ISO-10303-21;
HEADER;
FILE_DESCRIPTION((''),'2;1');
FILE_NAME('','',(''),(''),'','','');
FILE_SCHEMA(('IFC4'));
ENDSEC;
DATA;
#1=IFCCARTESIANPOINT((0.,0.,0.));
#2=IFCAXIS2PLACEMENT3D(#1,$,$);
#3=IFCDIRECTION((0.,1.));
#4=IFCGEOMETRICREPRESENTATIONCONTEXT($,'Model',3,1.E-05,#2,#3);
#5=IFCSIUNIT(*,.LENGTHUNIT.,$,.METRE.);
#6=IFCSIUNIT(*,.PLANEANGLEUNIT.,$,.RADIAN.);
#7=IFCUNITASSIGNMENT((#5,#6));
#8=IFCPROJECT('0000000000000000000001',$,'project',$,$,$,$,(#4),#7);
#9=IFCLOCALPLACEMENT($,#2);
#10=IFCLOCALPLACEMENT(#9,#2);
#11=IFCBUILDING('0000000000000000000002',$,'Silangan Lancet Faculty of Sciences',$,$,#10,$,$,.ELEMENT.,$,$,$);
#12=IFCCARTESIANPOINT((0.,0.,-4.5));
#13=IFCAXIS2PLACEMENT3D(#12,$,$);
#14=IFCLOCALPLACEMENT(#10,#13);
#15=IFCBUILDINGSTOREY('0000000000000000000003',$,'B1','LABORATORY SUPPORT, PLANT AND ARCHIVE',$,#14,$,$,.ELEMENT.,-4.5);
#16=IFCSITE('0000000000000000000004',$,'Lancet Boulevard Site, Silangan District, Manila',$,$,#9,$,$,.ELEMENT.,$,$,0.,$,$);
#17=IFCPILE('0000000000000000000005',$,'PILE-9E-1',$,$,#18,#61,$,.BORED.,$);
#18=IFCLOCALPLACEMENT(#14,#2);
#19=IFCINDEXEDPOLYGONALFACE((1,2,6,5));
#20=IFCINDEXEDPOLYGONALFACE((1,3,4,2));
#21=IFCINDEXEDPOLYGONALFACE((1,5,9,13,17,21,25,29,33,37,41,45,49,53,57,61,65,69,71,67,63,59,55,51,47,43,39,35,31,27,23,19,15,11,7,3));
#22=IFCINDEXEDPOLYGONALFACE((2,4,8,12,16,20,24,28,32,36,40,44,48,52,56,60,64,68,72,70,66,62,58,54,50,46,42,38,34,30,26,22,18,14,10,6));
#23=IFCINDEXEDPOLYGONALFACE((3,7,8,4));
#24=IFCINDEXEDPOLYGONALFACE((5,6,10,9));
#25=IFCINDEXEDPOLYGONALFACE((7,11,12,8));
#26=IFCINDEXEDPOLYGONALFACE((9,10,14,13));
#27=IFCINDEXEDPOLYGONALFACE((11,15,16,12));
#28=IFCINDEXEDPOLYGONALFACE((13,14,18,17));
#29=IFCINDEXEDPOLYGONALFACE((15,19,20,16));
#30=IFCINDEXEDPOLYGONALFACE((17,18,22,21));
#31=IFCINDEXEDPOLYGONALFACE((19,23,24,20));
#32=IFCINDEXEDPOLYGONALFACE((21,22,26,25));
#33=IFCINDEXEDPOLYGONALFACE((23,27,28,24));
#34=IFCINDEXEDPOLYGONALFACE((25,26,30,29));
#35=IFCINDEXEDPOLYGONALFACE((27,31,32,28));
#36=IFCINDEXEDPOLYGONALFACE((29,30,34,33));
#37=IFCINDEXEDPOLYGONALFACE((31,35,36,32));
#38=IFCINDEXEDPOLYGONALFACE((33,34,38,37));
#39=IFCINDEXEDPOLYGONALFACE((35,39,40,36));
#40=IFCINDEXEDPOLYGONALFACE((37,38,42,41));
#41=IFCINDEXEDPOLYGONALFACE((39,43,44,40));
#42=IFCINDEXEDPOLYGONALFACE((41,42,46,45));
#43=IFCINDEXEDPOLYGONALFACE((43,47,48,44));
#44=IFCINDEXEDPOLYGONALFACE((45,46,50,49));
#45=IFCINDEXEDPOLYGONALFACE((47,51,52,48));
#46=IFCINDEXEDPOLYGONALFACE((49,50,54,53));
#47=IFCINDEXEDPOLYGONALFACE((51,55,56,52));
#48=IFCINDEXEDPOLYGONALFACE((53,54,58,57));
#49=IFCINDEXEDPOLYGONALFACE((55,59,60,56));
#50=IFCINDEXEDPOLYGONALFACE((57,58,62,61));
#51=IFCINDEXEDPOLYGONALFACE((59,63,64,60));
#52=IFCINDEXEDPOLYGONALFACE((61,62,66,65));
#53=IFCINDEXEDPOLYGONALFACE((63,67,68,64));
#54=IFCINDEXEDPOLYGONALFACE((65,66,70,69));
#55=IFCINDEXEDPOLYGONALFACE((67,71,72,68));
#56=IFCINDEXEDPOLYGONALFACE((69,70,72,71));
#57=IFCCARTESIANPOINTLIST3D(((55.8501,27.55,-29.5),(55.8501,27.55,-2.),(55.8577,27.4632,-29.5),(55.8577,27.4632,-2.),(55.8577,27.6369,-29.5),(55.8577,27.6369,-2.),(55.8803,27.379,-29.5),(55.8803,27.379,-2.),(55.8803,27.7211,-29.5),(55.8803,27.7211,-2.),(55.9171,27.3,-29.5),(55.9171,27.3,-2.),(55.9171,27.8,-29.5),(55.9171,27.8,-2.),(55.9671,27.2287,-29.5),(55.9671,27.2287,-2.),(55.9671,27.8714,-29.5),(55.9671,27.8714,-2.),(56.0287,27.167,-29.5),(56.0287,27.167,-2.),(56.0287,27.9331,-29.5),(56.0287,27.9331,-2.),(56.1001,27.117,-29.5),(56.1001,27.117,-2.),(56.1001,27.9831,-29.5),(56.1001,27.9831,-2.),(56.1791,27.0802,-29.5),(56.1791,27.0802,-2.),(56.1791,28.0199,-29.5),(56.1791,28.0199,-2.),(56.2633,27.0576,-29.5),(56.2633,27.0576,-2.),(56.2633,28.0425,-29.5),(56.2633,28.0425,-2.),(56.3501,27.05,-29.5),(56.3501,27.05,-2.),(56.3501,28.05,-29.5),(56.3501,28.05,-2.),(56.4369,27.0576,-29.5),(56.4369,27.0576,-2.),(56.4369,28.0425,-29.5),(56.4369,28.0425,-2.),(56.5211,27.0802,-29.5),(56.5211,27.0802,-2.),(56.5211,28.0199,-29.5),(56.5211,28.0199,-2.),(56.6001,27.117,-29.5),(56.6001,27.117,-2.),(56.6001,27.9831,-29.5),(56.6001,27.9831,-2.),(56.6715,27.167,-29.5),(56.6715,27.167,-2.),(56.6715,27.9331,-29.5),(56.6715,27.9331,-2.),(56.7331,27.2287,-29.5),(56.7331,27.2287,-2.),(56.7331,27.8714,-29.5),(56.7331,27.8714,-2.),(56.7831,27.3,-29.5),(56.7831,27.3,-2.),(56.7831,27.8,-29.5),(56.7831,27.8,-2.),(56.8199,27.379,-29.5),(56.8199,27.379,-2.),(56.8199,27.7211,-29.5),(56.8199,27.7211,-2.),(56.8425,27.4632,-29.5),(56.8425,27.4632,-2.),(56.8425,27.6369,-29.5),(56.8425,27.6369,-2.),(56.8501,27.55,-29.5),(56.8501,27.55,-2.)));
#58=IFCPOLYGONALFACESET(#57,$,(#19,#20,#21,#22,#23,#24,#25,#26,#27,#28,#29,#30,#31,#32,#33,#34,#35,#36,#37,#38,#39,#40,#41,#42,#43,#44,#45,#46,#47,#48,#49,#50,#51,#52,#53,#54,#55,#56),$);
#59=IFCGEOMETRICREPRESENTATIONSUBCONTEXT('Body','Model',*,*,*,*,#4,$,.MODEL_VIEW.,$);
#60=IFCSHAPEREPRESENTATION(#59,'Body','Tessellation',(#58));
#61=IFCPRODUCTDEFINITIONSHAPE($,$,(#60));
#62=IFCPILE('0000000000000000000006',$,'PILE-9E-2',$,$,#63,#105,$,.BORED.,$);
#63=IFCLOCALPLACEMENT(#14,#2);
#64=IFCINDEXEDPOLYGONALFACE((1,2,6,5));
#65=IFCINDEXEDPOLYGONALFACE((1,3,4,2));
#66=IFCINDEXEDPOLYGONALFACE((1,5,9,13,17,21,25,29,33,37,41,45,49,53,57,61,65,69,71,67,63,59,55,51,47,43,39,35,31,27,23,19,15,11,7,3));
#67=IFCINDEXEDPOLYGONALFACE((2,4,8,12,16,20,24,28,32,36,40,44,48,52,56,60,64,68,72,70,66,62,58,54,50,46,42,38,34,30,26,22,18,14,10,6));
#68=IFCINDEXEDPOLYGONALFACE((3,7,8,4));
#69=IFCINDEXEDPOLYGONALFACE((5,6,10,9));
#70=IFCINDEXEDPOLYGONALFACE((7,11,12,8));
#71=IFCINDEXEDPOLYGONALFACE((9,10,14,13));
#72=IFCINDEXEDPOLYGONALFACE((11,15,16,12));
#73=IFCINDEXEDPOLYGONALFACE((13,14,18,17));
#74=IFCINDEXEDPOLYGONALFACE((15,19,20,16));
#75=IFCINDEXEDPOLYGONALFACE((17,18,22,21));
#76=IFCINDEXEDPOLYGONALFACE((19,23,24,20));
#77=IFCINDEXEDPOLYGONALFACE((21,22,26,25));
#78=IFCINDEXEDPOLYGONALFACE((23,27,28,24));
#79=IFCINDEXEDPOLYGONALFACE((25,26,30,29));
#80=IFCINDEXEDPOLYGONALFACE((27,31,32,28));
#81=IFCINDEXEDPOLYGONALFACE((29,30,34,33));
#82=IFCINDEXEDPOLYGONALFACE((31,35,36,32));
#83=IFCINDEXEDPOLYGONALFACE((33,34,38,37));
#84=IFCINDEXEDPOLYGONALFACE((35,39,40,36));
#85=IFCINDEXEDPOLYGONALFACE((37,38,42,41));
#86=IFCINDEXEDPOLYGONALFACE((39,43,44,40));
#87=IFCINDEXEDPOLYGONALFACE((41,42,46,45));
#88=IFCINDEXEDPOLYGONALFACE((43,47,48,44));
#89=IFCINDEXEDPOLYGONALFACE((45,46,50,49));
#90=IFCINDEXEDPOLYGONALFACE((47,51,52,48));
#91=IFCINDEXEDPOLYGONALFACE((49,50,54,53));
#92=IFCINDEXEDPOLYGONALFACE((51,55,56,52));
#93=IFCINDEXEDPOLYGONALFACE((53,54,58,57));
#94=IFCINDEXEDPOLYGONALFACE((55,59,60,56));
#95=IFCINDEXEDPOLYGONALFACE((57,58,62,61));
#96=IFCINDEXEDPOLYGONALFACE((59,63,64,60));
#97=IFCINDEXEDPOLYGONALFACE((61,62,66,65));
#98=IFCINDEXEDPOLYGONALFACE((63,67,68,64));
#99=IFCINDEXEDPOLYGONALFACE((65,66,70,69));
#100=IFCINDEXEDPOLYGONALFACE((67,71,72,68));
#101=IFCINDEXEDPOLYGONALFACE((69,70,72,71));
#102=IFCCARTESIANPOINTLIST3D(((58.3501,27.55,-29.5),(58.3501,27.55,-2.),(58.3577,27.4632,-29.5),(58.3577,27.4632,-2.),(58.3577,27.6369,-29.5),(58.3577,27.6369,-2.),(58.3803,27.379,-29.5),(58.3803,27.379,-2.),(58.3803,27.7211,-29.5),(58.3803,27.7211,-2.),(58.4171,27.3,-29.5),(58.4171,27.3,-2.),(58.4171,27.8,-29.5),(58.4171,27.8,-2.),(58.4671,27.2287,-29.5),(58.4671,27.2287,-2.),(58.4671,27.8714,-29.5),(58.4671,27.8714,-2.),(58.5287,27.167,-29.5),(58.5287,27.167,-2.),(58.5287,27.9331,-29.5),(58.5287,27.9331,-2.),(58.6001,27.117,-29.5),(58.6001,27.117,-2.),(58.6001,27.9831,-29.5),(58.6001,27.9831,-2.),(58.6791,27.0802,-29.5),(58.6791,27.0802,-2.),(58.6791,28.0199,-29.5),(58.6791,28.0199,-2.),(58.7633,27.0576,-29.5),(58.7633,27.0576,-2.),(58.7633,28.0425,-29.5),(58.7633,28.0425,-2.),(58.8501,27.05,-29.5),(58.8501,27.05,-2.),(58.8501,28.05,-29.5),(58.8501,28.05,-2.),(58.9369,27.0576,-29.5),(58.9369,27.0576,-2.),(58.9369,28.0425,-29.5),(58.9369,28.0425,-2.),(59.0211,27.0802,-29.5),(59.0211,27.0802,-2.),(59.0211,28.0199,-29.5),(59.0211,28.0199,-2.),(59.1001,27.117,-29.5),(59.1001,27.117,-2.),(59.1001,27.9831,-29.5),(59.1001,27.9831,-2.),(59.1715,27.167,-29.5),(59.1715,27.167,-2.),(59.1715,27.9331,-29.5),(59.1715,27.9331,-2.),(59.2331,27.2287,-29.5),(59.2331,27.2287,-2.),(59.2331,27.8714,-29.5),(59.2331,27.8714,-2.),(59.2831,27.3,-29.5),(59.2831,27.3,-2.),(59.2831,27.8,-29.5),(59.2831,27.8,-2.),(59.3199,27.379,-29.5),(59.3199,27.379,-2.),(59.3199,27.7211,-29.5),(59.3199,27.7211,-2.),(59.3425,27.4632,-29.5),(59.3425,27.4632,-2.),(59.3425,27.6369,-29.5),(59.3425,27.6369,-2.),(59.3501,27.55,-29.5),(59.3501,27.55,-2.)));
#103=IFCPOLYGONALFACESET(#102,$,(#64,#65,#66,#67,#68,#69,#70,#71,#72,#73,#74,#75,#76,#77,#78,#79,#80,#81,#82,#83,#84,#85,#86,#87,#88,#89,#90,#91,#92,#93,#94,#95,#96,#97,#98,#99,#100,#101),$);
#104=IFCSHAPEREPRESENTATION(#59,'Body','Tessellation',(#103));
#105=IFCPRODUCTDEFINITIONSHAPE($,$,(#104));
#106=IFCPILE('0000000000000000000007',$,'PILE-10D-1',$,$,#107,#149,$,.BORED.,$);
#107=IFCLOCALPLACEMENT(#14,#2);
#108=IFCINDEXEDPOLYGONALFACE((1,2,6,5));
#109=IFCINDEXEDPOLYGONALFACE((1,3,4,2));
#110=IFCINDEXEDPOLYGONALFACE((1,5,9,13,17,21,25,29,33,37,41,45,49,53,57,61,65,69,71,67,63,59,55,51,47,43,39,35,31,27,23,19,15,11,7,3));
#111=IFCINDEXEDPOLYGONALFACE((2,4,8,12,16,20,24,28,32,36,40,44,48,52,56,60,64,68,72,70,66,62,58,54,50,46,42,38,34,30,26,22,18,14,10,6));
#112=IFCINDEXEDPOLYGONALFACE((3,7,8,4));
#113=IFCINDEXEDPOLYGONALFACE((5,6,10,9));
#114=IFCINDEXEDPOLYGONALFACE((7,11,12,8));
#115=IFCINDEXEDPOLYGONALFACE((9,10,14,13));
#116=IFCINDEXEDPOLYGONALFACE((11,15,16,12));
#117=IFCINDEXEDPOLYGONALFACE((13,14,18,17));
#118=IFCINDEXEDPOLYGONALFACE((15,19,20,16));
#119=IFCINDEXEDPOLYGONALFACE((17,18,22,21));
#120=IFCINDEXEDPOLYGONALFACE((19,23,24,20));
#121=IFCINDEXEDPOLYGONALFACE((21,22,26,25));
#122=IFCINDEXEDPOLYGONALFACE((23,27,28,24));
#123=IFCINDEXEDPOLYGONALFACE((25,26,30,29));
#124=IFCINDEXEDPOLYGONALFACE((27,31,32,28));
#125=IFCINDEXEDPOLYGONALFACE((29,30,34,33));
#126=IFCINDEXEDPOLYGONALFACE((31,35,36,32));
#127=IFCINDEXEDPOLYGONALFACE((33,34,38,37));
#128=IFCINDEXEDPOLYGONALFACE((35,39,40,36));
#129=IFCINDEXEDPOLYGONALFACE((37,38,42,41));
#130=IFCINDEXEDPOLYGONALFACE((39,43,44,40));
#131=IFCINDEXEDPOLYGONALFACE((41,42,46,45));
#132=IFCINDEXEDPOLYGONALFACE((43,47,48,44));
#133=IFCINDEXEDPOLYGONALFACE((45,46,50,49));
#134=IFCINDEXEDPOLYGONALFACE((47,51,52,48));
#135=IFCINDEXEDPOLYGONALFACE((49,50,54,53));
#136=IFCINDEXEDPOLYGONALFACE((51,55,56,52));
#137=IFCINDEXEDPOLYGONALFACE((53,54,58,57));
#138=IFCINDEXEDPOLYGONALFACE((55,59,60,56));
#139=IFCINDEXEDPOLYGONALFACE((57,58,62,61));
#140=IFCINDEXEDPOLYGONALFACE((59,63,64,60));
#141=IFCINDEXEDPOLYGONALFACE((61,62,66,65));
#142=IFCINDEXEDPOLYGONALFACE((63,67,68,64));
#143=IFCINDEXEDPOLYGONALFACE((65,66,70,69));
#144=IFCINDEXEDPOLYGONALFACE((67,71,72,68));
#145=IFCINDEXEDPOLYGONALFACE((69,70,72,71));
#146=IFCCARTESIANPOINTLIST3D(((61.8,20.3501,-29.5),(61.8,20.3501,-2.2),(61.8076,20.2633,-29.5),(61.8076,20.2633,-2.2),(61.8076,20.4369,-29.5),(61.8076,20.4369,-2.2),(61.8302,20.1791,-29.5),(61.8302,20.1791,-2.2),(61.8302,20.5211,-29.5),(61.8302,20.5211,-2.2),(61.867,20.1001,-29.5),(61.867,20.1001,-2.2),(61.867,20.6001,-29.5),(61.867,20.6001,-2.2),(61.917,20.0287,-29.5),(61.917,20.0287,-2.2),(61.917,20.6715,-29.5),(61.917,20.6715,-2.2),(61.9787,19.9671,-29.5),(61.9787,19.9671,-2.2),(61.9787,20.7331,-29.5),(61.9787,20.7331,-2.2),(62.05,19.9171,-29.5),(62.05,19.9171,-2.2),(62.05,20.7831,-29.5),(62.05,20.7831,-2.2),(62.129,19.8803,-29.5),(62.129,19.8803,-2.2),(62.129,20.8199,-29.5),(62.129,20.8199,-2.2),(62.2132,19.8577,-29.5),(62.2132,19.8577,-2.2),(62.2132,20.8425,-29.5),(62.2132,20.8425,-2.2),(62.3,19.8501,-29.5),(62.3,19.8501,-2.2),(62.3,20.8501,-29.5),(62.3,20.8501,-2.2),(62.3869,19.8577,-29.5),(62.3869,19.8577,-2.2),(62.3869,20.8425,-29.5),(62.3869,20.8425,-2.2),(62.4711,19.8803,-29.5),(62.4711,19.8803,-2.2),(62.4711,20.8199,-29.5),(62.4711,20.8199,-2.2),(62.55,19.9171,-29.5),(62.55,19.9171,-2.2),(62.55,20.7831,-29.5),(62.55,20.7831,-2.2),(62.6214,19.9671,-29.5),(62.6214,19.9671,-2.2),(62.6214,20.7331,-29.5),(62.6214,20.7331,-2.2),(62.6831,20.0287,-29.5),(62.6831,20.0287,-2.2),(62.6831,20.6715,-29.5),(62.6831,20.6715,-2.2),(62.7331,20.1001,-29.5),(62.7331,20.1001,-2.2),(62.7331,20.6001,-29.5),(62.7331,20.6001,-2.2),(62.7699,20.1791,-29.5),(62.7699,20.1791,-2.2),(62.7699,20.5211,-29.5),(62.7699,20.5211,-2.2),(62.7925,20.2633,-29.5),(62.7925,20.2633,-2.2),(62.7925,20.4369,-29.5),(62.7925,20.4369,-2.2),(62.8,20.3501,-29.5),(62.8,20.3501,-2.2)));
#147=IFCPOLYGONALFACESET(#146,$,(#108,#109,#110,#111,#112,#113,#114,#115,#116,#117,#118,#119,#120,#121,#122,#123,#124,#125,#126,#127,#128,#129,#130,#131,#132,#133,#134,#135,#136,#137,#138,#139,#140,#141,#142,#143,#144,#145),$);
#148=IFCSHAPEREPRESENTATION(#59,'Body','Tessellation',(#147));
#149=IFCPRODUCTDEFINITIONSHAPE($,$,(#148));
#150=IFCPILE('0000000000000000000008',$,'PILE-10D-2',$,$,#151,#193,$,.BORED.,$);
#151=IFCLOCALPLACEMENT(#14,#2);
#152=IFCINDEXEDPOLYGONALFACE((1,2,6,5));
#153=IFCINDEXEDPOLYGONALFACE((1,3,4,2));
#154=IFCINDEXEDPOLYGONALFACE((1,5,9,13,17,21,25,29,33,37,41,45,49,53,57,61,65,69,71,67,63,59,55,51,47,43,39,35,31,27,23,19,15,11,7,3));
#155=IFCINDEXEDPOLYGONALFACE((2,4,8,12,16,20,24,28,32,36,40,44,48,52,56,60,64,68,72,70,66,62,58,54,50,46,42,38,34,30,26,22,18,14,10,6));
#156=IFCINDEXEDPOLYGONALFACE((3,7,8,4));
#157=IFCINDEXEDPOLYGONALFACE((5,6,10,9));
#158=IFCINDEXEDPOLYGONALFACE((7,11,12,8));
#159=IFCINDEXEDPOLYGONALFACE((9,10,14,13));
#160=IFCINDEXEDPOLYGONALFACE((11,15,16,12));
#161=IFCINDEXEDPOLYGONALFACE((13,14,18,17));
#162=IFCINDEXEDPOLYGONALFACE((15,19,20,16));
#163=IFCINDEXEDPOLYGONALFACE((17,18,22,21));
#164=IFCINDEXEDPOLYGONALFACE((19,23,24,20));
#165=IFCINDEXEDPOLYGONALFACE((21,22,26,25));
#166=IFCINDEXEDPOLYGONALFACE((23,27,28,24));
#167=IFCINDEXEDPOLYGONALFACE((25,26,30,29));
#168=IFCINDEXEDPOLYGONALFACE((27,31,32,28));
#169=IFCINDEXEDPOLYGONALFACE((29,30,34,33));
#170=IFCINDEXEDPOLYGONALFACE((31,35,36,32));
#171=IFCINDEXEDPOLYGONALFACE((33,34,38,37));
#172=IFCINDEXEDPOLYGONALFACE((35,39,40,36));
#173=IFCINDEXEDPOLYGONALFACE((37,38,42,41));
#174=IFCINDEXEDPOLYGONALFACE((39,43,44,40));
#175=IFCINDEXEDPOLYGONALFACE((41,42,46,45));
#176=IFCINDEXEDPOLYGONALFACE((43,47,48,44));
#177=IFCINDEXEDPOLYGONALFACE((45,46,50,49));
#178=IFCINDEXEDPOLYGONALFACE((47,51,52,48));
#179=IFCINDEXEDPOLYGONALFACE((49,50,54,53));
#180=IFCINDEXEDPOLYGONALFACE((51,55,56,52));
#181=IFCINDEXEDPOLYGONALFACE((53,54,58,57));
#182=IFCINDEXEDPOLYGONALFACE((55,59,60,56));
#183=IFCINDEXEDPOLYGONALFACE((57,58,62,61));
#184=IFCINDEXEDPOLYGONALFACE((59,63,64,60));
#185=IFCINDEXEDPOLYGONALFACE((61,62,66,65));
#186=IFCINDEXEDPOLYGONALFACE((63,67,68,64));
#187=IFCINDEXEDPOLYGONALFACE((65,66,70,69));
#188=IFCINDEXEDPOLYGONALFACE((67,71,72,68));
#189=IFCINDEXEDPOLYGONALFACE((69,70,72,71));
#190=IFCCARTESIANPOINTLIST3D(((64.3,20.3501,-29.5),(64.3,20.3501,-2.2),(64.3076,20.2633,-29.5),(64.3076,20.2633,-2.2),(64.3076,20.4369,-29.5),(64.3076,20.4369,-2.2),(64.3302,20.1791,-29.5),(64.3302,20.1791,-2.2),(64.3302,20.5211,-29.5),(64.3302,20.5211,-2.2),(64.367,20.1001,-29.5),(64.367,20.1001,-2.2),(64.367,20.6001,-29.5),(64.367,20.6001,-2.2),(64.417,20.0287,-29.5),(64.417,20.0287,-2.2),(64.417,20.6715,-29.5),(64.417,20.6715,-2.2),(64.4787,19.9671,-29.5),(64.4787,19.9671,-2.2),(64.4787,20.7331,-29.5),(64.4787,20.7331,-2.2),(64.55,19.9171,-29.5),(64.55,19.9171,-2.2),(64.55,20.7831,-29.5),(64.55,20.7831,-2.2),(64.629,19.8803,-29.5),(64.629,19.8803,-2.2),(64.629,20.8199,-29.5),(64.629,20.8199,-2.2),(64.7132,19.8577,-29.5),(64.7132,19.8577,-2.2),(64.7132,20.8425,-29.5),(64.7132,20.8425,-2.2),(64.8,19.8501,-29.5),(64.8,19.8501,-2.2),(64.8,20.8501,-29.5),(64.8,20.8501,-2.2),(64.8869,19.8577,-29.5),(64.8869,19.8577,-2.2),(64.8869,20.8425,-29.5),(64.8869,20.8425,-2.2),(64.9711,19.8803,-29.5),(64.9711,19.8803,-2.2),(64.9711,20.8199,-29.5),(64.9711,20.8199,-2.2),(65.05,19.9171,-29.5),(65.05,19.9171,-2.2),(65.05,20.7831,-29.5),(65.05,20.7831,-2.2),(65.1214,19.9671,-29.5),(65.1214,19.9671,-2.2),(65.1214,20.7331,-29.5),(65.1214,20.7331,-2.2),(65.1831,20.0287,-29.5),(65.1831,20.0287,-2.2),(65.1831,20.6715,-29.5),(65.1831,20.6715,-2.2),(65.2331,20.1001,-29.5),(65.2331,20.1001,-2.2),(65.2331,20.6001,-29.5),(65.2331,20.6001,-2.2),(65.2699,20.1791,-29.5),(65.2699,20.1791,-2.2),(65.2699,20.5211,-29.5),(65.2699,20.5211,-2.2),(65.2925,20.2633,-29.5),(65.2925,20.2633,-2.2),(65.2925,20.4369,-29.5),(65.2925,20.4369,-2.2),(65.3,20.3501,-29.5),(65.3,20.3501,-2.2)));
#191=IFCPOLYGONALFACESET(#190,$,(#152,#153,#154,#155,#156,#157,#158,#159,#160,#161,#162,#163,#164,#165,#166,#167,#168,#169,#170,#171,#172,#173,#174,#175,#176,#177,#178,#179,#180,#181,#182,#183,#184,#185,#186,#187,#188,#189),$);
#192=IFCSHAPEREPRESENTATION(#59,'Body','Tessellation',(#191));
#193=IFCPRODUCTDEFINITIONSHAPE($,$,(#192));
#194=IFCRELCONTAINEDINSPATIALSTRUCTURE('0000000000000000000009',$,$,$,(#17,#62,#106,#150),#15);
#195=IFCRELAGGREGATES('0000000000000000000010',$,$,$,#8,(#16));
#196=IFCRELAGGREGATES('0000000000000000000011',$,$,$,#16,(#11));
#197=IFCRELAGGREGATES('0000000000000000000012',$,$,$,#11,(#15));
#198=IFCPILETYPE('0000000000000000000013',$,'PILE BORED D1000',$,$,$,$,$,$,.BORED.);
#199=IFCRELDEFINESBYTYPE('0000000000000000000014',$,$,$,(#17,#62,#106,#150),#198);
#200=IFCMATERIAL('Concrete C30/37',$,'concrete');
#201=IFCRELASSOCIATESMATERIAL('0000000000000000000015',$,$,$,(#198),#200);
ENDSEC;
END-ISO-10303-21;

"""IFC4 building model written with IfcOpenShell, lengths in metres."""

from ifc_helpers import new_model, si_unit, direction, frame, origin, origin_2d, place, context, subcontext, project, spatial, circle, extrude, material, material_profile, profile_set, type_object, element, save


model = new_model("IFC4")

# Units and contexts
model_context = context("Model", 3, precision=1e-05, world=origin(), true_north=direction((0.0, 1.0)))
body_context = subcontext(model_context, "Body", "Model", "MODEL_VIEW")
ifc_project = project(units=[si_unit("LENGTHUNIT", "METRE"), si_unit("PLANEANGLEUNIT", "RADIAN")], contexts=[model_context])

# Site, building, storey
site_placement = place(None, origin())
site = spatial("IfcSite", under=ifc_project, at=site_placement, Name="Lancet Boulevard Site, Silangan District, Manila", CompositionType="ELEMENT", RefElevation=0.0)
building_placement = place(site_placement, origin())
building = spatial("IfcBuilding", under=site, at=building_placement, Name="Silangan Lancet Faculty of Sciences", CompositionType="ELEMENT")
storey_placement = place(building_placement, frame((0.0, 0.0, -4.5)))
storey = spatial("IfcBuildingStorey", under=building, at=storey_placement, Name="B1", Description="LABORATORY SUPPORT, PLANT AND ARCHIVE", CompositionType="ELEMENT", Elevation=-4.5)

# Piles
ifc_material_1 = material(Name="Concrete C30/37", Category="concrete")
ifc_material_profile_1 = material_profile(ifc_material_1, circle(Radius=0.5, at=origin_2d()), Name="BORED PILE D1000")
ifc_profile_set_1 = profile_set([ifc_material_profile_1], Name="Concrete C30/37")
pile_type = type_object("IfcPileType", Name="PILE BORED D1000", PredefinedType="BORED", material=ifc_profile_set_1)
for number, where, z_axis, x_axis, name in (
    (1, (56.3501, 27.55, -2.0), (0.0, 0.0, -1.0), (1.0, 0.0, 0.0), "PILE-9E-1"),
    (2, (58.8501, 27.55, -2.0), (0.0, 0.0, -1.0), (1.0, 0.0, 0.0), "PILE-9E-2"),
):
    element("IfcPile", number, at=place(storey_placement, frame(where, z_axis=z_axis, x_axis=x_axis)), inside=storey, type_object=pile_type, Name=name, PredefinedType="BORED", context=body_context, shape_type="SweptSolid", body=[
        extrude(circle(Radius=0.5, at=origin_2d()), origin(), (0.0, 0.0, 1.0), 27.5),
    ])
for number, where, z_axis, x_axis, name in (
    (3, (62.3, 20.3501, -2.2), (0.0, 0.0, -1.0), (1.0, 0.0, 0.0), "PILE-10D-1"),
    (4, (64.8, 20.3501, -2.2), (0.0, 0.0, -1.0), (1.0, 0.0, 0.0), "PILE-10D-2"),
):
    element("IfcPile", number, at=place(storey_placement, frame(where, z_axis=z_axis, x_axis=x_axis)), inside=storey, type_object=pile_type, Name=name, PredefinedType="BORED", context=body_context, shape_type="SweptSolid", body=[
        extrude(circle(Radius=0.5, at=origin_2d()), origin(), (0.0, 0.0, 1.0), 27.3),
    ])

save(model, "model.ifc")
